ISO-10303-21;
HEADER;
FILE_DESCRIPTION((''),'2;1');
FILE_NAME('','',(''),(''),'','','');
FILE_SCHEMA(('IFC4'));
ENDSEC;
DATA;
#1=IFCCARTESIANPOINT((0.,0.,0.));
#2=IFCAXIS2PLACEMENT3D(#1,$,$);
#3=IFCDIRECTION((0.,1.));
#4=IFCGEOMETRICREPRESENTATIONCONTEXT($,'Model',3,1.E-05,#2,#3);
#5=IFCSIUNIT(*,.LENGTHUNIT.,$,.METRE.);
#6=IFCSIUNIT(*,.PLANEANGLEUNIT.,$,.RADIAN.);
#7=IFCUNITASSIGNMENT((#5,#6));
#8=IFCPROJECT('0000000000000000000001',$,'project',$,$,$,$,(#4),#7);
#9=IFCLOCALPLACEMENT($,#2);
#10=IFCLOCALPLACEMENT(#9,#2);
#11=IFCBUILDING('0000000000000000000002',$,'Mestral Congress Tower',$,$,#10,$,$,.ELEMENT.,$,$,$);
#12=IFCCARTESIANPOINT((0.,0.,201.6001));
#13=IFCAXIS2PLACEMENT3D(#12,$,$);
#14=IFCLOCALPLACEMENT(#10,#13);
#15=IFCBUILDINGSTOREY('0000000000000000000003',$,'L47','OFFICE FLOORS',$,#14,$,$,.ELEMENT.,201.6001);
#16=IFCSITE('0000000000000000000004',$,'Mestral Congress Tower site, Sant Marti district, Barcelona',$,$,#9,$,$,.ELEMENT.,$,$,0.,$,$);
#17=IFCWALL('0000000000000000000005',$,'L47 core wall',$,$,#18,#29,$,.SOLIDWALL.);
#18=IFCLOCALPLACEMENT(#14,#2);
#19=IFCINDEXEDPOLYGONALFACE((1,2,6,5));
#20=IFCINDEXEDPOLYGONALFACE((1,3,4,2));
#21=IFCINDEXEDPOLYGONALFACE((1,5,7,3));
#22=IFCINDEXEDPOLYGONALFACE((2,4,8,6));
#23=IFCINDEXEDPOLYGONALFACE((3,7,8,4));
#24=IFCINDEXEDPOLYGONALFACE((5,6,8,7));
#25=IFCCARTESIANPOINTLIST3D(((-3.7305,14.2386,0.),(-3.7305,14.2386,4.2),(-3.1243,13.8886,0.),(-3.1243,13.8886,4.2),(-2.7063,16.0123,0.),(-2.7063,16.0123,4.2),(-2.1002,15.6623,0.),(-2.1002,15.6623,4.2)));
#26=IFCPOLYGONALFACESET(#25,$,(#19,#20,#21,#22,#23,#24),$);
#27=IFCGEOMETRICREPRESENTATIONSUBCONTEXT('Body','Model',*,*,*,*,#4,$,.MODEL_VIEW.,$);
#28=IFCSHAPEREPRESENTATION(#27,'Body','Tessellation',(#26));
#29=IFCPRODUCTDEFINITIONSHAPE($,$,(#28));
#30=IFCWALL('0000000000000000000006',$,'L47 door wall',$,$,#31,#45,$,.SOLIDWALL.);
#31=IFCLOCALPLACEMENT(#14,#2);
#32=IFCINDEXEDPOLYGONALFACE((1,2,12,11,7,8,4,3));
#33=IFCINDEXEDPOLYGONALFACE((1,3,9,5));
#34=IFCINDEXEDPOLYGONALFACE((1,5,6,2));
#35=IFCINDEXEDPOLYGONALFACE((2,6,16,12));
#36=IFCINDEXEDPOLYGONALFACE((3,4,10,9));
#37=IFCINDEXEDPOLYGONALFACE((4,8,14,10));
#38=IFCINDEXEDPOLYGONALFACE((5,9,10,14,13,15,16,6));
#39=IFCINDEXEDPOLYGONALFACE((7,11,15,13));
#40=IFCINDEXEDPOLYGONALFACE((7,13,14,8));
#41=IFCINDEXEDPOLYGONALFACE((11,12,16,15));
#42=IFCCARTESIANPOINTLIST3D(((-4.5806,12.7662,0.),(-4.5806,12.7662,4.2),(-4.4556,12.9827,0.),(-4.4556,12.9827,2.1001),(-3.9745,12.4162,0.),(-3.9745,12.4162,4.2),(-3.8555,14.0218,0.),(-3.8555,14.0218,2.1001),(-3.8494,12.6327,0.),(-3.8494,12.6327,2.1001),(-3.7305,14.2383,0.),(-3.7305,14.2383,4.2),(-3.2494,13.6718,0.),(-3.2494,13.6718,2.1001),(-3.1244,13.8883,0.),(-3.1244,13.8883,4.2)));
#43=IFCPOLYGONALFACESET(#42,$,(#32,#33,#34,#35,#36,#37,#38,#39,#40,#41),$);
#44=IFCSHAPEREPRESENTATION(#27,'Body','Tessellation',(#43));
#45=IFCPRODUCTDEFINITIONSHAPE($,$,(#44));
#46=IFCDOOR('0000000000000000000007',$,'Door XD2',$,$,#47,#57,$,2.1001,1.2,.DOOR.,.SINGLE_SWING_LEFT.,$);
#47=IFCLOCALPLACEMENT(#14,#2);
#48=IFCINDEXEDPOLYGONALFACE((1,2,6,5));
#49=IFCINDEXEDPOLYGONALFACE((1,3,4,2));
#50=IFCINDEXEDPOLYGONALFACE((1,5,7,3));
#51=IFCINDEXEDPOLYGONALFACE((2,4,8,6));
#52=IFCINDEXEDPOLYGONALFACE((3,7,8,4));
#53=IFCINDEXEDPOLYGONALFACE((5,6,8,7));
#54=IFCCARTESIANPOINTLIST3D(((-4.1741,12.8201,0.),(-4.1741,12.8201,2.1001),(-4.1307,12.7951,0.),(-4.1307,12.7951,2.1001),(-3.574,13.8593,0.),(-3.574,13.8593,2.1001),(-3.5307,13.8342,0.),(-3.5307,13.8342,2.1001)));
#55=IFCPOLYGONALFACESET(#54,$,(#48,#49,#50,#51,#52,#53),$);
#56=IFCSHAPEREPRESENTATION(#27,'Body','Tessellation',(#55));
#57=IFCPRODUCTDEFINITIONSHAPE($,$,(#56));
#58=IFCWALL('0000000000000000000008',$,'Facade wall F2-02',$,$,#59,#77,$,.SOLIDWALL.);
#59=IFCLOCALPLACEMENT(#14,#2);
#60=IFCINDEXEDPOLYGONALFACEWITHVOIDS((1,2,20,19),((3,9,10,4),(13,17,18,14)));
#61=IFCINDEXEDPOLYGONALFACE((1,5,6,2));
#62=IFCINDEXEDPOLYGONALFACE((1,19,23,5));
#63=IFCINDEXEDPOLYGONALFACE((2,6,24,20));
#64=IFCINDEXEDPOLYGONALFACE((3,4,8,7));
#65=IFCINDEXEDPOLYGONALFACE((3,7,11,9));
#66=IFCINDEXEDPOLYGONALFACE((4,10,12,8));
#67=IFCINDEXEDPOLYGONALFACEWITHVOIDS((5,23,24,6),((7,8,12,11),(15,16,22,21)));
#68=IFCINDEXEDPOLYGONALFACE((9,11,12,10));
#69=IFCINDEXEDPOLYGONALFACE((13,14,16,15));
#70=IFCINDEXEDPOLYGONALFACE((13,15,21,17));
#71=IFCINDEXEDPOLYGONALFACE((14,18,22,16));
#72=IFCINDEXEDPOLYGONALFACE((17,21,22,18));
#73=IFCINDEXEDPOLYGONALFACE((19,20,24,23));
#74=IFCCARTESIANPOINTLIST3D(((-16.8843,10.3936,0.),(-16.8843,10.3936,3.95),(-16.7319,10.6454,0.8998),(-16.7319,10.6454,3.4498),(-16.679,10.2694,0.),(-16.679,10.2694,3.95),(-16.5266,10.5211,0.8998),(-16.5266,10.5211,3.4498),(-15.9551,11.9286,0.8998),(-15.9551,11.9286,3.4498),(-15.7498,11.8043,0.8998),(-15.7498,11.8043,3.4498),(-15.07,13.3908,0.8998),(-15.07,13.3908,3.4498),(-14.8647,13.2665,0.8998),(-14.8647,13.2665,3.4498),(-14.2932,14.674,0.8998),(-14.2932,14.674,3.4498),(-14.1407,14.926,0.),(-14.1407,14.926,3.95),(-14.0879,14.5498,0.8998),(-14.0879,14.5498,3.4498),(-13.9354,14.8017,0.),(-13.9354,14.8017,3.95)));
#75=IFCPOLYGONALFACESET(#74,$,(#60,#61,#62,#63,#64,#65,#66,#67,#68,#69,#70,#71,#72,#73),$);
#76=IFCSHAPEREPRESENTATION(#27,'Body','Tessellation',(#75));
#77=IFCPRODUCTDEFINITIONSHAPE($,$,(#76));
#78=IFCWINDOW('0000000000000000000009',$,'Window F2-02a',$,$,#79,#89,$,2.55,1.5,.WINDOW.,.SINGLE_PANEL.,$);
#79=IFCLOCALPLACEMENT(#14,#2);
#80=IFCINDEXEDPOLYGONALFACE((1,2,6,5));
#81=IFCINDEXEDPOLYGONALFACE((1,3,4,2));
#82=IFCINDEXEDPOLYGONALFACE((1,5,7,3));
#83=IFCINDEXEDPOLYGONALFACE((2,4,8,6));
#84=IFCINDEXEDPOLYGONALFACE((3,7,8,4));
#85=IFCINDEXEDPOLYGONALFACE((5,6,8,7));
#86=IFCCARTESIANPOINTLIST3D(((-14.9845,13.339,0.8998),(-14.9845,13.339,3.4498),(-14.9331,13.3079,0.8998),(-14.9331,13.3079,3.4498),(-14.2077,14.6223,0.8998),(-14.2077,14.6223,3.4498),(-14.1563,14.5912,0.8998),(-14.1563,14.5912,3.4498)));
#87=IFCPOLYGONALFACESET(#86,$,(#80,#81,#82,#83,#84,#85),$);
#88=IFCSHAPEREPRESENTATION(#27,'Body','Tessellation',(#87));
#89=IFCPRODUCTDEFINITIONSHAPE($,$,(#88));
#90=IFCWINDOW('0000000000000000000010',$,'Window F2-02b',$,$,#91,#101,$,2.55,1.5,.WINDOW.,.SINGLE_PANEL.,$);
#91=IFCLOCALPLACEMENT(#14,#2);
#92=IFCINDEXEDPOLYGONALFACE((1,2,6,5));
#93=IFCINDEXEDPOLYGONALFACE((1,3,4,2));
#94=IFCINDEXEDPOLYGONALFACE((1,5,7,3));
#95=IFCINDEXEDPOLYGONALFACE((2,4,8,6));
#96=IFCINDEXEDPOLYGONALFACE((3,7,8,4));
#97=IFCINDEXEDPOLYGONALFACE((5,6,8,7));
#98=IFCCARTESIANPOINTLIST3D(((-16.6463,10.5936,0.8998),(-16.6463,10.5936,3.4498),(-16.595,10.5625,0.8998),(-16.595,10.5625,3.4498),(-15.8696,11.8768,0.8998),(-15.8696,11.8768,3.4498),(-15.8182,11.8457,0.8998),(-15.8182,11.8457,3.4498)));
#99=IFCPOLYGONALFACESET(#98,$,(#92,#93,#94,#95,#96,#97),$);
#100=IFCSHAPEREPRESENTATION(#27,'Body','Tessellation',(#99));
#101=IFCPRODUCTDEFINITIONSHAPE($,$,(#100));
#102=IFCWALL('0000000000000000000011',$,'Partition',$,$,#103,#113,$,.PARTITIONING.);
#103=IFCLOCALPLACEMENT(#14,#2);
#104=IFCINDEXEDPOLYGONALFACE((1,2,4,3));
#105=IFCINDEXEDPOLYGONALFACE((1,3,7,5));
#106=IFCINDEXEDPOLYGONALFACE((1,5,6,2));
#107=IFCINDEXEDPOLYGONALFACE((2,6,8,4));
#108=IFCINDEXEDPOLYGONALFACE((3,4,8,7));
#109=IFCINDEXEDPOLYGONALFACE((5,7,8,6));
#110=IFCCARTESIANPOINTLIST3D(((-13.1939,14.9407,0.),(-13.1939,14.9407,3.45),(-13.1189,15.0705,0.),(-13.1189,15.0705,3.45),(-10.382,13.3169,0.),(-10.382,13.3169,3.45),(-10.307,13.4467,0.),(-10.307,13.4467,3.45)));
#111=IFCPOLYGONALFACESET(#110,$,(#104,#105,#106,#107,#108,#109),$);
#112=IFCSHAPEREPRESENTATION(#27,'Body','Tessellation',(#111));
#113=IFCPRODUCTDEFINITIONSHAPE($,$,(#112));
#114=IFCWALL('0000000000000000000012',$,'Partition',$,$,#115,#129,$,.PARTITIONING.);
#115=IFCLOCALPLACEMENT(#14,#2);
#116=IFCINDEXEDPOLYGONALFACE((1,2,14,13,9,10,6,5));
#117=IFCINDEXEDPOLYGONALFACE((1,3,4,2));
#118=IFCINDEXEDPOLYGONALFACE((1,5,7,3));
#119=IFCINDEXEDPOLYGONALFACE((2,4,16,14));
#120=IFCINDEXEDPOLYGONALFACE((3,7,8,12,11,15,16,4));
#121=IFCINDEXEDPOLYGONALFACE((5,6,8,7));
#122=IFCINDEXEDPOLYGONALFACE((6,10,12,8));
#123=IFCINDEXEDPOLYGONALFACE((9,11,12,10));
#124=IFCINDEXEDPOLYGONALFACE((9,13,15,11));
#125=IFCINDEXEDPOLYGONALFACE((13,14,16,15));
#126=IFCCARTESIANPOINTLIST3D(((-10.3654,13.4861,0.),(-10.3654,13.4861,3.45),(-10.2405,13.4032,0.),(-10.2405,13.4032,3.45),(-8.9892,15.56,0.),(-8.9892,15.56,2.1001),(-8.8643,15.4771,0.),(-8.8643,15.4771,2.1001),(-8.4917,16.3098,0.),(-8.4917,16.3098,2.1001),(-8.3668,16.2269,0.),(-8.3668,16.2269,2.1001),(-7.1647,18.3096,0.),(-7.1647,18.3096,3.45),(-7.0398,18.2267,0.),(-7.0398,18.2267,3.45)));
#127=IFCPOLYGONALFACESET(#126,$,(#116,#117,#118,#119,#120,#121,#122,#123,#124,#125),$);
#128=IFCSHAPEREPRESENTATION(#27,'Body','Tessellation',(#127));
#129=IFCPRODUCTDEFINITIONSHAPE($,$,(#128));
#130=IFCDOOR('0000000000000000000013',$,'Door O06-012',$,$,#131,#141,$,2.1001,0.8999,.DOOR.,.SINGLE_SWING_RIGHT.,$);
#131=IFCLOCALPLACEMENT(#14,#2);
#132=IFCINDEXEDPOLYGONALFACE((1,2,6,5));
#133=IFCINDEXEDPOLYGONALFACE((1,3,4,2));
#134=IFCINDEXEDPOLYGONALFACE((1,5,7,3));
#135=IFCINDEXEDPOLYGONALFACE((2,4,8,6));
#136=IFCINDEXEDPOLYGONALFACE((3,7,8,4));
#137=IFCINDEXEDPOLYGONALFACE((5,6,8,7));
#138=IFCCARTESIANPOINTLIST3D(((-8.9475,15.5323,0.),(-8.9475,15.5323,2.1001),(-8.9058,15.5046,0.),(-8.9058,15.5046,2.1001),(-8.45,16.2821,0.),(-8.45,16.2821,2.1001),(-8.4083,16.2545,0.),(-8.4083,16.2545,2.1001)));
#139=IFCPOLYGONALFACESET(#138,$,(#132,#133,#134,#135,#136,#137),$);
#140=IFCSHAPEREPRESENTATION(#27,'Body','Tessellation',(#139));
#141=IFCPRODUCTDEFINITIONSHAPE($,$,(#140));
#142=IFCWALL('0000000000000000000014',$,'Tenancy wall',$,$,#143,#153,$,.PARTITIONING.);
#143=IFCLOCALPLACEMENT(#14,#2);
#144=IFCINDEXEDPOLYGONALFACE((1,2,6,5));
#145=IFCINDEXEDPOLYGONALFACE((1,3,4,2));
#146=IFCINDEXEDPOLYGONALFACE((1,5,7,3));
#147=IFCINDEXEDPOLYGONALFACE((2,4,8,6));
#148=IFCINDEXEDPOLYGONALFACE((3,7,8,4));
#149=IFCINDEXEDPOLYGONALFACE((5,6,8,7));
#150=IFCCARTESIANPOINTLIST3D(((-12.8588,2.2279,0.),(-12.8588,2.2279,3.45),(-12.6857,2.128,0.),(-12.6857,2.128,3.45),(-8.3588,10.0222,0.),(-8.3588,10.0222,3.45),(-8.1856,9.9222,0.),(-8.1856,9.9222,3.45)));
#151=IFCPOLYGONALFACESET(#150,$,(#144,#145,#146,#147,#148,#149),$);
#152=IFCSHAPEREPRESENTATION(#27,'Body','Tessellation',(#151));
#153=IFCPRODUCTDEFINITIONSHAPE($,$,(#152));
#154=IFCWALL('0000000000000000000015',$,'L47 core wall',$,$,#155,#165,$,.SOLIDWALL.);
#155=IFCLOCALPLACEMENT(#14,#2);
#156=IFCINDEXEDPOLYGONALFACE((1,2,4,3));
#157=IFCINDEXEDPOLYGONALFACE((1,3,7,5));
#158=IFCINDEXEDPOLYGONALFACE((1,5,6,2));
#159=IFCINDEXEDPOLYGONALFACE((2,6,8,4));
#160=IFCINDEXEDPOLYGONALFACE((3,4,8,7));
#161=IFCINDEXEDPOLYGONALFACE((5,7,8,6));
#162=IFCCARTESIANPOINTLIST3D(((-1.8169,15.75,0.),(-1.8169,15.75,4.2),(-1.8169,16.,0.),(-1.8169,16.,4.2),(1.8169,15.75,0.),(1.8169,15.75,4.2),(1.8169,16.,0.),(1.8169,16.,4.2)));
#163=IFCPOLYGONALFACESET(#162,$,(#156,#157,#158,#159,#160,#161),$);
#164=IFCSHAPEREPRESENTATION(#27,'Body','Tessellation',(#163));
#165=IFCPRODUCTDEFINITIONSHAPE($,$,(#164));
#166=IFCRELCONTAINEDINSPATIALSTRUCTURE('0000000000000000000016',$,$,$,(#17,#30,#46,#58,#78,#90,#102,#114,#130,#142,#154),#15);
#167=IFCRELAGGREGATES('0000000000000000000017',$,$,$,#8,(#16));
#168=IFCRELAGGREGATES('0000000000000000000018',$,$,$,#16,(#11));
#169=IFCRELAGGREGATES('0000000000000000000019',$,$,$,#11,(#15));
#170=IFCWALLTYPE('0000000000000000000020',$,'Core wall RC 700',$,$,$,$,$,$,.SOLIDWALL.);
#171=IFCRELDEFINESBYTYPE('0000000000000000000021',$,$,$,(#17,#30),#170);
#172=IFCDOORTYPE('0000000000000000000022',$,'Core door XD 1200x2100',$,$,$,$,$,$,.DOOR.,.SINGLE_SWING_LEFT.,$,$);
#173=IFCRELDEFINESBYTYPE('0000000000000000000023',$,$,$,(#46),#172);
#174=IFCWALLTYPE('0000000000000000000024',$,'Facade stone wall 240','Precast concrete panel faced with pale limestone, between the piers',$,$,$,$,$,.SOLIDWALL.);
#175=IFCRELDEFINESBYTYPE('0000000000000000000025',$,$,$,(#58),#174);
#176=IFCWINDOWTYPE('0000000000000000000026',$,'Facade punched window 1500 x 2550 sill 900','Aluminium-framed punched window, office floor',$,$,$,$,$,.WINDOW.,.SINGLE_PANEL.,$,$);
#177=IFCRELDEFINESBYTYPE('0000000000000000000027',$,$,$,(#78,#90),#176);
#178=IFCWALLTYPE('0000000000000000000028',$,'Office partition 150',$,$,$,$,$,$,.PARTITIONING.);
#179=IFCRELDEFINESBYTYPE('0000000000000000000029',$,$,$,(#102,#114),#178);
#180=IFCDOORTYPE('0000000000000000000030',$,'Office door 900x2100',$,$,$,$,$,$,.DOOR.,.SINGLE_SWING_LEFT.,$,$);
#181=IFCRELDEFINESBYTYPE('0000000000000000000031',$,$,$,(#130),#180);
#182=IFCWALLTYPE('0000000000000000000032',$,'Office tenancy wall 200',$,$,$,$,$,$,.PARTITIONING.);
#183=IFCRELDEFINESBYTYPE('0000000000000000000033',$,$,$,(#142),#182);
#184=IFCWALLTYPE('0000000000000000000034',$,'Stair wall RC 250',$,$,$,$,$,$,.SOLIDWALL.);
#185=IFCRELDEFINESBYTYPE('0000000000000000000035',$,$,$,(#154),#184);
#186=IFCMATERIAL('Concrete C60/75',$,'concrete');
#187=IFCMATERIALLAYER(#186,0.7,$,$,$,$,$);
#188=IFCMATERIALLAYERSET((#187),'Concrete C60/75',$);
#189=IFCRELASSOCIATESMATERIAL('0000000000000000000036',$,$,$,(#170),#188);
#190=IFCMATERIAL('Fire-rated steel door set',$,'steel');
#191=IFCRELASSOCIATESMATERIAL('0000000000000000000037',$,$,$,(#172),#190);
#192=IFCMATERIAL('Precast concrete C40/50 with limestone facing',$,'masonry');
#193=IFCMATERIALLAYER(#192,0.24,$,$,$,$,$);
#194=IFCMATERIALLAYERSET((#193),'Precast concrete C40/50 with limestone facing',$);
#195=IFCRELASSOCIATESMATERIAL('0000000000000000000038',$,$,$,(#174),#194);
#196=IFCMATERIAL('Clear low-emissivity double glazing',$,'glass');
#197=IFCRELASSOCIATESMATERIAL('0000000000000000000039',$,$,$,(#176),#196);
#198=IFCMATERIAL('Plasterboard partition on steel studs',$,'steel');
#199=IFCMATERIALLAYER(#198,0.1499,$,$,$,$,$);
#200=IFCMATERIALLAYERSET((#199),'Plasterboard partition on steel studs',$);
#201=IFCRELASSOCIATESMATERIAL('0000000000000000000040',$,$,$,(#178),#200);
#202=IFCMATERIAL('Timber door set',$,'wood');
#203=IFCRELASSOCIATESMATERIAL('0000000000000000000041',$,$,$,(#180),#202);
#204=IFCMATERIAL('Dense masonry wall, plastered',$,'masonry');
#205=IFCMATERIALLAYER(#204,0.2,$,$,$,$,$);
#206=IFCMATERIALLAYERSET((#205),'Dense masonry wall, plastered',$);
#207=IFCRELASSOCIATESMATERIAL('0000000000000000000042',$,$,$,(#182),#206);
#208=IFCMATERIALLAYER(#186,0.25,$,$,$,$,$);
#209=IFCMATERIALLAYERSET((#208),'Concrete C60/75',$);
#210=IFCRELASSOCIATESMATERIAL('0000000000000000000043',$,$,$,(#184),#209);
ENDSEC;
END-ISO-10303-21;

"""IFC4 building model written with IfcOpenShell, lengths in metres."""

from ifc_helpers import new_model, si_unit, direction, frame, frame_2d, origin, place, context, subcontext, project, spatial, rectangle, extrude, material, layer, layer_set, type_object, element, fill, save


model = new_model("IFC4")

# Units and contexts
model_context = context("Model", 3, precision=1e-05, world=origin(), true_north=direction((0.0, 1.0)))
body_context = subcontext(model_context, "Body", "Model", "MODEL_VIEW")
ifc_project = project(units=[si_unit("LENGTHUNIT", "METRE"), si_unit("PLANEANGLEUNIT", "RADIAN")], contexts=[model_context])

# Site, building, storey
site_placement = place(None, origin())
site = spatial("IfcSite", under=ifc_project, at=site_placement, Name="Mestral Congress Tower site, Sant Marti district, Barcelona", CompositionType="ELEMENT", RefElevation=0.0)
building_placement = place(site_placement, origin())
building = spatial("IfcBuilding", under=site, at=building_placement, Name="Mestral Congress Tower", CompositionType="ELEMENT")
storey_placement = place(building_placement, frame((0.0, 0.0, 201.6001)))
storey = spatial("IfcBuildingStorey", under=building, at=storey_placement, Name="L47", Description="OFFICE FLOORS", CompositionType="ELEMENT", Elevation=201.6001)

# Shared definitions
ifc_material_1 = material(Name="Concrete C60/75", Category="concrete")

# Wall
ifc_layer_1 = layer(ifc_material_1, 0.7)
ifc_layer_set_1 = layer_set([ifc_layer_1], Name="Concrete C60/75")
wall_type_1 = type_object("IfcWallType", Name="Core wall RC 700", PredefinedType="SOLIDWALL", material=ifc_layer_set_1)
wall_1_placement = place(storey_placement, frame((-2.4033, 15.8372, 0.0), z_axis=(0.0, 0.0, 1.0), x_axis=(-0.500049, -0.865997, 0.0)))
element("IfcWall", 1, at=wall_1_placement, inside=storey, type_object=wall_type_1, Name="L47 core wall", PredefinedType="SOLIDWALL", context=body_context, shape_type="SweptSolid", body=[
    extrude(rectangle(XDim=2.0481, YDim=0.7, at=frame_2d((1.0239, 0.0))), origin(), (0.0, 0.0, 1.0), 4.2),
])

# Wall, opening, door
wall_2_placement = place(storey_placement, frame((-4.2776, 12.5911, 0.0), z_axis=(0.0, 0.0, 1.0), x_axis=(0.500062, 0.865989, 0.0)))
wall_2 = element("IfcWall", 2, at=wall_2_placement, inside=storey, type_object=wall_type_1, Name="L47 door wall", PredefinedType="SOLIDWALL", context=body_context, shape_type="SweptSolid", body=[
    extrude(rectangle(XDim=1.7, YDim=0.7, at=frame_2d((0.8501, 0.0))), origin(), (0.0, 0.0, 1.0), 4.2),
])
opening_1_placement = place(wall_2_placement, frame((0.25, 0.0, 0.0)))
opening_1 = element("IfcOpeningElement", 3, at=opening_1_placement, cuts=wall_2, PredefinedType="OPENING", context=body_context, shape_type="SweptSolid", body=[
    extrude(rectangle(XDim=1.2, YDim=2.1001, at=frame_2d((0.6001, 1.05))), frame((0.0, 0.3599, 0.0), z_axis=(0.0, -1.0, 0.0), x_axis=(1.0, 0.0, 0.0)), (0.0, 0.0, 1.0), 0.72),
])
ifc_material_2 = material(Name="Fire-rated steel door set", Category="steel")
door_type_1 = type_object("IfcDoorType", Name="Core door XD 1200x2100", OperationType="SINGLE_SWING_LEFT", PredefinedType="DOOR", material=ifc_material_2)
door_1_placement = place(opening_1_placement, origin())
door_1 = element("IfcDoor", 4, at=door_1_placement, inside=storey, type_object=door_type_1, Name="Door XD2", OperationType="SINGLE_SWING_LEFT", OverallHeight=2.1001, OverallWidth=1.2, PredefinedType="DOOR", context=body_context, shape_type="SweptSolid", body=[
    extrude(rectangle(XDim=1.2, YDim=2.1001, at=frame_2d((0.6001, 1.05))), frame((0.0, 0.0249, 0.0), z_axis=(0.0, -1.0, 0.0), x_axis=(1.0, 0.0, 0.0)), (0.0, 0.0, 1.0), 0.05),
])
fill(opening_1, door_1)

# Wall, openings, windows
ifc_material_3 = material(Name="Precast concrete C40/50 with limestone facing", Category="masonry")
ifc_layer_2 = layer(ifc_material_3, 0.24)
ifc_layer_set_2 = layer_set([ifc_layer_2], Name="Precast concrete C40/50 with limestone facing")
wall_type_2 = type_object("IfcWallType", Name="Facade stone wall 240", Description="Precast concrete panel faced with pale limestone, between the piers", PredefinedType="SOLIDWALL", material=ifc_layer_set_2)
wall_3_placement = place(storey_placement, frame((-14.0381, 14.8638, 0.0), z_axis=(0.0, 0.0, 1.0), x_axis=(-0.517846, -0.855474, 0.0)))
wall_3 = element("IfcWall", 5, at=wall_3_placement, inside=storey, type_object=wall_type_2, Name="Facade wall F2-02", PredefinedType="SOLIDWALL", context=body_context, shape_type="SweptSolid", body=[
    extrude(rectangle(XDim=5.2981, YDim=0.24, at=frame_2d((2.6489, 0.0))), origin(), (0.0, 0.0, 1.0), 3.95),
])
opening_2_placement = place(wall_3_placement, frame((0.2944, 0.0, 0.8999)))
opening_2 = element("IfcOpeningElement", 6, at=opening_2_placement, cuts=wall_3, PredefinedType="OPENING", context=body_context, shape_type="SweptSolid", body=[
    extrude(rectangle(XDim=1.5, YDim=2.55, at=frame_2d((0.75, 1.2749))), frame((0.0, 0.1299, 0.0), z_axis=(0.0, -1.0, 0.0), x_axis=(1.0, 0.0, 0.0)), (0.0, 0.0, 1.0), 0.26),
])
opening_3_placement = place(wall_3_placement, frame((3.5037, 0.0, 0.8999)))
opening_3 = element("IfcOpeningElement", 7, at=opening_3_placement, cuts=wall_3, PredefinedType="OPENING", context=body_context, shape_type="SweptSolid", body=[
    extrude(rectangle(XDim=1.5, YDim=2.55, at=frame_2d((0.75, 1.2749))), frame((0.0, 0.1299, 0.0), z_axis=(0.0, -1.0, 0.0), x_axis=(1.0, 0.0, 0.0)), (0.0, 0.0, 1.0), 0.26),
])
ifc_material_4 = material(Name="Clear low-emissivity double glazing", Category="glass")
window_type = type_object("IfcWindowType", Name="Facade punched window 1500 x 2550 sill 900", Description="Aluminium-framed punched window, office floor", PartitioningType="SINGLE_PANEL", PredefinedType="WINDOW", material=ifc_material_4)
window_1_placement = place(opening_2_placement, origin())
window_1 = element("IfcWindow", 8, at=window_1_placement, inside=storey, type_object=window_type, Name="Window F2-02a", OverallHeight=2.55, OverallWidth=1.5, PartitioningType="SINGLE_PANEL", PredefinedType="WINDOW", context=body_context, shape_type="SweptSolid", body=[
    extrude(rectangle(XDim=1.5, YDim=2.55, at=frame_2d((0.75, 1.2749))), frame((0.0, 0.04, 0.0), z_axis=(0.0, -1.0, 0.0), x_axis=(1.0, 0.0, 0.0)), (0.0, 0.0, 1.0), 0.0601),
])
fill(opening_2, window_1)
window_2_placement = place(opening_3_placement, origin())
window_2 = element("IfcWindow", 9, at=window_2_placement, inside=storey, type_object=window_type, Name="Window F2-02b", OverallHeight=2.55, OverallWidth=1.5, PartitioningType="SINGLE_PANEL", PredefinedType="WINDOW", context=body_context, shape_type="SweptSolid", body=[
    extrude(rectangle(XDim=1.5, YDim=2.55, at=frame_2d((0.75, 1.2749))), frame((0.0, 0.04, 0.0), z_axis=(0.0, -1.0, 0.0), x_axis=(1.0, 0.0, 0.0)), (0.0, 0.0, 1.0), 0.0601),
])
fill(opening_3, window_2)

# Wall
ifc_material_5 = material(Name="Plasterboard partition on steel studs", Category="steel")
ifc_layer_3 = layer(ifc_material_5, 0.1499)
ifc_layer_set_3 = layer_set([ifc_layer_3], Name="Plasterboard partition on steel studs")
wall_type_3 = type_object("IfcWallType", Name="Office partition 150", PredefinedType="PARTITIONING", material=ifc_layer_set_3)
wall_4_placement = place(storey_placement, frame((-10.3445, 13.3818, 0.0), z_axis=(0.0, 0.0, 1.0), x_axis=(-0.86599, 0.500061, 0.0)))
element("IfcWall", 10, at=wall_4_placement, inside=storey, type_object=wall_type_3, Name="Partition", PredefinedType="PARTITIONING", context=body_context, shape_type="SweptSolid", body=[
    extrude(rectangle(XDim=3.2471, YDim=0.1499, at=frame_2d((1.6235, 0.0))), origin(), (0.0, 0.0, 1.0), 3.45),
])

# Wall, opening, door
wall_5_placement = place(storey_placement, frame((-10.303, 13.4446, 0.0), z_axis=(0.0, 0.0, 1.0), x_axis=(0.552908, 0.833242, 0.0)))
wall_5 = element("IfcWall", 11, at=wall_5_placement, inside=storey, type_object=wall_type_3, Name="Partition", PredefinedType="PARTITIONING", context=body_context, shape_type="SweptSolid", body=[
    extrude(rectangle(XDim=5.7888, YDim=0.1499, at=frame_2d((2.8945, 0.0))), origin(), (0.0, 0.0, 1.0), 3.45),
])
opening_4_placement = place(wall_5_placement, frame((2.489, 0.0, 0.0)))
opening_4 = element("IfcOpeningElement", 12, at=opening_4_placement, cuts=wall_5, PredefinedType="OPENING", context=body_context, shape_type="SweptSolid", body=[
    extrude(rectangle(XDim=0.8999, YDim=2.1001, at=frame_2d((0.45, 1.05))), frame((0.0, 0.085, 0.0), z_axis=(0.0, -1.0, 0.0), x_axis=(1.0, 0.0, 0.0)), (0.0, 0.0, 1.0), 0.1699),
])
ifc_material_6 = material(Name="Timber door set", Category="wood")
door_type_2 = type_object("IfcDoorType", Name="Office door 900x2100", OperationType="SINGLE_SWING_LEFT", PredefinedType="DOOR", material=ifc_material_6)
door_2_placement = place(opening_4_placement, origin())
door_2 = element("IfcDoor", 13, at=door_2_placement, inside=storey, type_object=door_type_2, Name="Door O06-012", OperationType="SINGLE_SWING_RIGHT", OverallHeight=2.1001, OverallWidth=0.8999, PredefinedType="DOOR", context=body_context, shape_type="SweptSolid", body=[
    extrude(rectangle(XDim=0.8999, YDim=2.1001, at=frame_2d((0.45, 1.05))), frame((0.0, 0.0249, 0.0), z_axis=(0.0, -1.0, 0.0), x_axis=(1.0, 0.0, 0.0)), (0.0, 0.0, 1.0), 0.05),
])
fill(opening_4, door_2)

# Walls
ifc_material_7 = material(Name="Dense masonry wall, plastered", Category="masonry")
ifc_layer_4 = layer(ifc_material_7, 0.2)
ifc_layer_set_4 = layer_set([ifc_layer_4], Name="Dense masonry wall, plastered")
wall_type_4 = type_object("IfcWallType", Name="Office tenancy wall 200", PredefinedType="PARTITIONING", material=ifc_layer_set_4)
wall_6_placement = place(storey_placement, frame((-8.2722, 9.9722, 0.0), z_axis=(0.0, 0.0, 1.0), x_axis=(-0.500002, -0.866024, 0.0)))
element("IfcWall", 14, at=wall_6_placement, inside=storey, type_object=wall_type_4, Name="Tenancy wall", PredefinedType="PARTITIONING", context=body_context, shape_type="SweptSolid", body=[
    extrude(rectangle(XDim=9.0, YDim=0.2, at=frame_2d((4.5, 0.0))), origin(), (0.0, 0.0, 1.0), 3.45),
])
ifc_layer_5 = layer(ifc_material_1, 0.25)
ifc_layer_set_5 = layer_set([ifc_layer_5], Name="Concrete C60/75")
wall_type_5 = type_object("IfcWallType", Name="Stair wall RC 250", PredefinedType="SOLIDWALL", material=ifc_layer_set_5)
wall_7_placement = place(storey_placement, frame((-1.8169, 15.875, 0.0), z_axis=(0.0, 0.0, 1.0), x_axis=(1.0, 0.0, 0.0)))
element("IfcWall", 15, at=wall_7_placement, inside=storey, type_object=wall_type_5, Name="L47 core wall", PredefinedType="SOLIDWALL", context=body_context, shape_type="SweptSolid", body=[
    extrude(rectangle(XDim=3.6338, YDim=0.25, at=frame_2d((1.8169, 0.0))), origin(), (0.0, 0.0, 1.0), 4.2),
])

save(model, "model.ifc")
